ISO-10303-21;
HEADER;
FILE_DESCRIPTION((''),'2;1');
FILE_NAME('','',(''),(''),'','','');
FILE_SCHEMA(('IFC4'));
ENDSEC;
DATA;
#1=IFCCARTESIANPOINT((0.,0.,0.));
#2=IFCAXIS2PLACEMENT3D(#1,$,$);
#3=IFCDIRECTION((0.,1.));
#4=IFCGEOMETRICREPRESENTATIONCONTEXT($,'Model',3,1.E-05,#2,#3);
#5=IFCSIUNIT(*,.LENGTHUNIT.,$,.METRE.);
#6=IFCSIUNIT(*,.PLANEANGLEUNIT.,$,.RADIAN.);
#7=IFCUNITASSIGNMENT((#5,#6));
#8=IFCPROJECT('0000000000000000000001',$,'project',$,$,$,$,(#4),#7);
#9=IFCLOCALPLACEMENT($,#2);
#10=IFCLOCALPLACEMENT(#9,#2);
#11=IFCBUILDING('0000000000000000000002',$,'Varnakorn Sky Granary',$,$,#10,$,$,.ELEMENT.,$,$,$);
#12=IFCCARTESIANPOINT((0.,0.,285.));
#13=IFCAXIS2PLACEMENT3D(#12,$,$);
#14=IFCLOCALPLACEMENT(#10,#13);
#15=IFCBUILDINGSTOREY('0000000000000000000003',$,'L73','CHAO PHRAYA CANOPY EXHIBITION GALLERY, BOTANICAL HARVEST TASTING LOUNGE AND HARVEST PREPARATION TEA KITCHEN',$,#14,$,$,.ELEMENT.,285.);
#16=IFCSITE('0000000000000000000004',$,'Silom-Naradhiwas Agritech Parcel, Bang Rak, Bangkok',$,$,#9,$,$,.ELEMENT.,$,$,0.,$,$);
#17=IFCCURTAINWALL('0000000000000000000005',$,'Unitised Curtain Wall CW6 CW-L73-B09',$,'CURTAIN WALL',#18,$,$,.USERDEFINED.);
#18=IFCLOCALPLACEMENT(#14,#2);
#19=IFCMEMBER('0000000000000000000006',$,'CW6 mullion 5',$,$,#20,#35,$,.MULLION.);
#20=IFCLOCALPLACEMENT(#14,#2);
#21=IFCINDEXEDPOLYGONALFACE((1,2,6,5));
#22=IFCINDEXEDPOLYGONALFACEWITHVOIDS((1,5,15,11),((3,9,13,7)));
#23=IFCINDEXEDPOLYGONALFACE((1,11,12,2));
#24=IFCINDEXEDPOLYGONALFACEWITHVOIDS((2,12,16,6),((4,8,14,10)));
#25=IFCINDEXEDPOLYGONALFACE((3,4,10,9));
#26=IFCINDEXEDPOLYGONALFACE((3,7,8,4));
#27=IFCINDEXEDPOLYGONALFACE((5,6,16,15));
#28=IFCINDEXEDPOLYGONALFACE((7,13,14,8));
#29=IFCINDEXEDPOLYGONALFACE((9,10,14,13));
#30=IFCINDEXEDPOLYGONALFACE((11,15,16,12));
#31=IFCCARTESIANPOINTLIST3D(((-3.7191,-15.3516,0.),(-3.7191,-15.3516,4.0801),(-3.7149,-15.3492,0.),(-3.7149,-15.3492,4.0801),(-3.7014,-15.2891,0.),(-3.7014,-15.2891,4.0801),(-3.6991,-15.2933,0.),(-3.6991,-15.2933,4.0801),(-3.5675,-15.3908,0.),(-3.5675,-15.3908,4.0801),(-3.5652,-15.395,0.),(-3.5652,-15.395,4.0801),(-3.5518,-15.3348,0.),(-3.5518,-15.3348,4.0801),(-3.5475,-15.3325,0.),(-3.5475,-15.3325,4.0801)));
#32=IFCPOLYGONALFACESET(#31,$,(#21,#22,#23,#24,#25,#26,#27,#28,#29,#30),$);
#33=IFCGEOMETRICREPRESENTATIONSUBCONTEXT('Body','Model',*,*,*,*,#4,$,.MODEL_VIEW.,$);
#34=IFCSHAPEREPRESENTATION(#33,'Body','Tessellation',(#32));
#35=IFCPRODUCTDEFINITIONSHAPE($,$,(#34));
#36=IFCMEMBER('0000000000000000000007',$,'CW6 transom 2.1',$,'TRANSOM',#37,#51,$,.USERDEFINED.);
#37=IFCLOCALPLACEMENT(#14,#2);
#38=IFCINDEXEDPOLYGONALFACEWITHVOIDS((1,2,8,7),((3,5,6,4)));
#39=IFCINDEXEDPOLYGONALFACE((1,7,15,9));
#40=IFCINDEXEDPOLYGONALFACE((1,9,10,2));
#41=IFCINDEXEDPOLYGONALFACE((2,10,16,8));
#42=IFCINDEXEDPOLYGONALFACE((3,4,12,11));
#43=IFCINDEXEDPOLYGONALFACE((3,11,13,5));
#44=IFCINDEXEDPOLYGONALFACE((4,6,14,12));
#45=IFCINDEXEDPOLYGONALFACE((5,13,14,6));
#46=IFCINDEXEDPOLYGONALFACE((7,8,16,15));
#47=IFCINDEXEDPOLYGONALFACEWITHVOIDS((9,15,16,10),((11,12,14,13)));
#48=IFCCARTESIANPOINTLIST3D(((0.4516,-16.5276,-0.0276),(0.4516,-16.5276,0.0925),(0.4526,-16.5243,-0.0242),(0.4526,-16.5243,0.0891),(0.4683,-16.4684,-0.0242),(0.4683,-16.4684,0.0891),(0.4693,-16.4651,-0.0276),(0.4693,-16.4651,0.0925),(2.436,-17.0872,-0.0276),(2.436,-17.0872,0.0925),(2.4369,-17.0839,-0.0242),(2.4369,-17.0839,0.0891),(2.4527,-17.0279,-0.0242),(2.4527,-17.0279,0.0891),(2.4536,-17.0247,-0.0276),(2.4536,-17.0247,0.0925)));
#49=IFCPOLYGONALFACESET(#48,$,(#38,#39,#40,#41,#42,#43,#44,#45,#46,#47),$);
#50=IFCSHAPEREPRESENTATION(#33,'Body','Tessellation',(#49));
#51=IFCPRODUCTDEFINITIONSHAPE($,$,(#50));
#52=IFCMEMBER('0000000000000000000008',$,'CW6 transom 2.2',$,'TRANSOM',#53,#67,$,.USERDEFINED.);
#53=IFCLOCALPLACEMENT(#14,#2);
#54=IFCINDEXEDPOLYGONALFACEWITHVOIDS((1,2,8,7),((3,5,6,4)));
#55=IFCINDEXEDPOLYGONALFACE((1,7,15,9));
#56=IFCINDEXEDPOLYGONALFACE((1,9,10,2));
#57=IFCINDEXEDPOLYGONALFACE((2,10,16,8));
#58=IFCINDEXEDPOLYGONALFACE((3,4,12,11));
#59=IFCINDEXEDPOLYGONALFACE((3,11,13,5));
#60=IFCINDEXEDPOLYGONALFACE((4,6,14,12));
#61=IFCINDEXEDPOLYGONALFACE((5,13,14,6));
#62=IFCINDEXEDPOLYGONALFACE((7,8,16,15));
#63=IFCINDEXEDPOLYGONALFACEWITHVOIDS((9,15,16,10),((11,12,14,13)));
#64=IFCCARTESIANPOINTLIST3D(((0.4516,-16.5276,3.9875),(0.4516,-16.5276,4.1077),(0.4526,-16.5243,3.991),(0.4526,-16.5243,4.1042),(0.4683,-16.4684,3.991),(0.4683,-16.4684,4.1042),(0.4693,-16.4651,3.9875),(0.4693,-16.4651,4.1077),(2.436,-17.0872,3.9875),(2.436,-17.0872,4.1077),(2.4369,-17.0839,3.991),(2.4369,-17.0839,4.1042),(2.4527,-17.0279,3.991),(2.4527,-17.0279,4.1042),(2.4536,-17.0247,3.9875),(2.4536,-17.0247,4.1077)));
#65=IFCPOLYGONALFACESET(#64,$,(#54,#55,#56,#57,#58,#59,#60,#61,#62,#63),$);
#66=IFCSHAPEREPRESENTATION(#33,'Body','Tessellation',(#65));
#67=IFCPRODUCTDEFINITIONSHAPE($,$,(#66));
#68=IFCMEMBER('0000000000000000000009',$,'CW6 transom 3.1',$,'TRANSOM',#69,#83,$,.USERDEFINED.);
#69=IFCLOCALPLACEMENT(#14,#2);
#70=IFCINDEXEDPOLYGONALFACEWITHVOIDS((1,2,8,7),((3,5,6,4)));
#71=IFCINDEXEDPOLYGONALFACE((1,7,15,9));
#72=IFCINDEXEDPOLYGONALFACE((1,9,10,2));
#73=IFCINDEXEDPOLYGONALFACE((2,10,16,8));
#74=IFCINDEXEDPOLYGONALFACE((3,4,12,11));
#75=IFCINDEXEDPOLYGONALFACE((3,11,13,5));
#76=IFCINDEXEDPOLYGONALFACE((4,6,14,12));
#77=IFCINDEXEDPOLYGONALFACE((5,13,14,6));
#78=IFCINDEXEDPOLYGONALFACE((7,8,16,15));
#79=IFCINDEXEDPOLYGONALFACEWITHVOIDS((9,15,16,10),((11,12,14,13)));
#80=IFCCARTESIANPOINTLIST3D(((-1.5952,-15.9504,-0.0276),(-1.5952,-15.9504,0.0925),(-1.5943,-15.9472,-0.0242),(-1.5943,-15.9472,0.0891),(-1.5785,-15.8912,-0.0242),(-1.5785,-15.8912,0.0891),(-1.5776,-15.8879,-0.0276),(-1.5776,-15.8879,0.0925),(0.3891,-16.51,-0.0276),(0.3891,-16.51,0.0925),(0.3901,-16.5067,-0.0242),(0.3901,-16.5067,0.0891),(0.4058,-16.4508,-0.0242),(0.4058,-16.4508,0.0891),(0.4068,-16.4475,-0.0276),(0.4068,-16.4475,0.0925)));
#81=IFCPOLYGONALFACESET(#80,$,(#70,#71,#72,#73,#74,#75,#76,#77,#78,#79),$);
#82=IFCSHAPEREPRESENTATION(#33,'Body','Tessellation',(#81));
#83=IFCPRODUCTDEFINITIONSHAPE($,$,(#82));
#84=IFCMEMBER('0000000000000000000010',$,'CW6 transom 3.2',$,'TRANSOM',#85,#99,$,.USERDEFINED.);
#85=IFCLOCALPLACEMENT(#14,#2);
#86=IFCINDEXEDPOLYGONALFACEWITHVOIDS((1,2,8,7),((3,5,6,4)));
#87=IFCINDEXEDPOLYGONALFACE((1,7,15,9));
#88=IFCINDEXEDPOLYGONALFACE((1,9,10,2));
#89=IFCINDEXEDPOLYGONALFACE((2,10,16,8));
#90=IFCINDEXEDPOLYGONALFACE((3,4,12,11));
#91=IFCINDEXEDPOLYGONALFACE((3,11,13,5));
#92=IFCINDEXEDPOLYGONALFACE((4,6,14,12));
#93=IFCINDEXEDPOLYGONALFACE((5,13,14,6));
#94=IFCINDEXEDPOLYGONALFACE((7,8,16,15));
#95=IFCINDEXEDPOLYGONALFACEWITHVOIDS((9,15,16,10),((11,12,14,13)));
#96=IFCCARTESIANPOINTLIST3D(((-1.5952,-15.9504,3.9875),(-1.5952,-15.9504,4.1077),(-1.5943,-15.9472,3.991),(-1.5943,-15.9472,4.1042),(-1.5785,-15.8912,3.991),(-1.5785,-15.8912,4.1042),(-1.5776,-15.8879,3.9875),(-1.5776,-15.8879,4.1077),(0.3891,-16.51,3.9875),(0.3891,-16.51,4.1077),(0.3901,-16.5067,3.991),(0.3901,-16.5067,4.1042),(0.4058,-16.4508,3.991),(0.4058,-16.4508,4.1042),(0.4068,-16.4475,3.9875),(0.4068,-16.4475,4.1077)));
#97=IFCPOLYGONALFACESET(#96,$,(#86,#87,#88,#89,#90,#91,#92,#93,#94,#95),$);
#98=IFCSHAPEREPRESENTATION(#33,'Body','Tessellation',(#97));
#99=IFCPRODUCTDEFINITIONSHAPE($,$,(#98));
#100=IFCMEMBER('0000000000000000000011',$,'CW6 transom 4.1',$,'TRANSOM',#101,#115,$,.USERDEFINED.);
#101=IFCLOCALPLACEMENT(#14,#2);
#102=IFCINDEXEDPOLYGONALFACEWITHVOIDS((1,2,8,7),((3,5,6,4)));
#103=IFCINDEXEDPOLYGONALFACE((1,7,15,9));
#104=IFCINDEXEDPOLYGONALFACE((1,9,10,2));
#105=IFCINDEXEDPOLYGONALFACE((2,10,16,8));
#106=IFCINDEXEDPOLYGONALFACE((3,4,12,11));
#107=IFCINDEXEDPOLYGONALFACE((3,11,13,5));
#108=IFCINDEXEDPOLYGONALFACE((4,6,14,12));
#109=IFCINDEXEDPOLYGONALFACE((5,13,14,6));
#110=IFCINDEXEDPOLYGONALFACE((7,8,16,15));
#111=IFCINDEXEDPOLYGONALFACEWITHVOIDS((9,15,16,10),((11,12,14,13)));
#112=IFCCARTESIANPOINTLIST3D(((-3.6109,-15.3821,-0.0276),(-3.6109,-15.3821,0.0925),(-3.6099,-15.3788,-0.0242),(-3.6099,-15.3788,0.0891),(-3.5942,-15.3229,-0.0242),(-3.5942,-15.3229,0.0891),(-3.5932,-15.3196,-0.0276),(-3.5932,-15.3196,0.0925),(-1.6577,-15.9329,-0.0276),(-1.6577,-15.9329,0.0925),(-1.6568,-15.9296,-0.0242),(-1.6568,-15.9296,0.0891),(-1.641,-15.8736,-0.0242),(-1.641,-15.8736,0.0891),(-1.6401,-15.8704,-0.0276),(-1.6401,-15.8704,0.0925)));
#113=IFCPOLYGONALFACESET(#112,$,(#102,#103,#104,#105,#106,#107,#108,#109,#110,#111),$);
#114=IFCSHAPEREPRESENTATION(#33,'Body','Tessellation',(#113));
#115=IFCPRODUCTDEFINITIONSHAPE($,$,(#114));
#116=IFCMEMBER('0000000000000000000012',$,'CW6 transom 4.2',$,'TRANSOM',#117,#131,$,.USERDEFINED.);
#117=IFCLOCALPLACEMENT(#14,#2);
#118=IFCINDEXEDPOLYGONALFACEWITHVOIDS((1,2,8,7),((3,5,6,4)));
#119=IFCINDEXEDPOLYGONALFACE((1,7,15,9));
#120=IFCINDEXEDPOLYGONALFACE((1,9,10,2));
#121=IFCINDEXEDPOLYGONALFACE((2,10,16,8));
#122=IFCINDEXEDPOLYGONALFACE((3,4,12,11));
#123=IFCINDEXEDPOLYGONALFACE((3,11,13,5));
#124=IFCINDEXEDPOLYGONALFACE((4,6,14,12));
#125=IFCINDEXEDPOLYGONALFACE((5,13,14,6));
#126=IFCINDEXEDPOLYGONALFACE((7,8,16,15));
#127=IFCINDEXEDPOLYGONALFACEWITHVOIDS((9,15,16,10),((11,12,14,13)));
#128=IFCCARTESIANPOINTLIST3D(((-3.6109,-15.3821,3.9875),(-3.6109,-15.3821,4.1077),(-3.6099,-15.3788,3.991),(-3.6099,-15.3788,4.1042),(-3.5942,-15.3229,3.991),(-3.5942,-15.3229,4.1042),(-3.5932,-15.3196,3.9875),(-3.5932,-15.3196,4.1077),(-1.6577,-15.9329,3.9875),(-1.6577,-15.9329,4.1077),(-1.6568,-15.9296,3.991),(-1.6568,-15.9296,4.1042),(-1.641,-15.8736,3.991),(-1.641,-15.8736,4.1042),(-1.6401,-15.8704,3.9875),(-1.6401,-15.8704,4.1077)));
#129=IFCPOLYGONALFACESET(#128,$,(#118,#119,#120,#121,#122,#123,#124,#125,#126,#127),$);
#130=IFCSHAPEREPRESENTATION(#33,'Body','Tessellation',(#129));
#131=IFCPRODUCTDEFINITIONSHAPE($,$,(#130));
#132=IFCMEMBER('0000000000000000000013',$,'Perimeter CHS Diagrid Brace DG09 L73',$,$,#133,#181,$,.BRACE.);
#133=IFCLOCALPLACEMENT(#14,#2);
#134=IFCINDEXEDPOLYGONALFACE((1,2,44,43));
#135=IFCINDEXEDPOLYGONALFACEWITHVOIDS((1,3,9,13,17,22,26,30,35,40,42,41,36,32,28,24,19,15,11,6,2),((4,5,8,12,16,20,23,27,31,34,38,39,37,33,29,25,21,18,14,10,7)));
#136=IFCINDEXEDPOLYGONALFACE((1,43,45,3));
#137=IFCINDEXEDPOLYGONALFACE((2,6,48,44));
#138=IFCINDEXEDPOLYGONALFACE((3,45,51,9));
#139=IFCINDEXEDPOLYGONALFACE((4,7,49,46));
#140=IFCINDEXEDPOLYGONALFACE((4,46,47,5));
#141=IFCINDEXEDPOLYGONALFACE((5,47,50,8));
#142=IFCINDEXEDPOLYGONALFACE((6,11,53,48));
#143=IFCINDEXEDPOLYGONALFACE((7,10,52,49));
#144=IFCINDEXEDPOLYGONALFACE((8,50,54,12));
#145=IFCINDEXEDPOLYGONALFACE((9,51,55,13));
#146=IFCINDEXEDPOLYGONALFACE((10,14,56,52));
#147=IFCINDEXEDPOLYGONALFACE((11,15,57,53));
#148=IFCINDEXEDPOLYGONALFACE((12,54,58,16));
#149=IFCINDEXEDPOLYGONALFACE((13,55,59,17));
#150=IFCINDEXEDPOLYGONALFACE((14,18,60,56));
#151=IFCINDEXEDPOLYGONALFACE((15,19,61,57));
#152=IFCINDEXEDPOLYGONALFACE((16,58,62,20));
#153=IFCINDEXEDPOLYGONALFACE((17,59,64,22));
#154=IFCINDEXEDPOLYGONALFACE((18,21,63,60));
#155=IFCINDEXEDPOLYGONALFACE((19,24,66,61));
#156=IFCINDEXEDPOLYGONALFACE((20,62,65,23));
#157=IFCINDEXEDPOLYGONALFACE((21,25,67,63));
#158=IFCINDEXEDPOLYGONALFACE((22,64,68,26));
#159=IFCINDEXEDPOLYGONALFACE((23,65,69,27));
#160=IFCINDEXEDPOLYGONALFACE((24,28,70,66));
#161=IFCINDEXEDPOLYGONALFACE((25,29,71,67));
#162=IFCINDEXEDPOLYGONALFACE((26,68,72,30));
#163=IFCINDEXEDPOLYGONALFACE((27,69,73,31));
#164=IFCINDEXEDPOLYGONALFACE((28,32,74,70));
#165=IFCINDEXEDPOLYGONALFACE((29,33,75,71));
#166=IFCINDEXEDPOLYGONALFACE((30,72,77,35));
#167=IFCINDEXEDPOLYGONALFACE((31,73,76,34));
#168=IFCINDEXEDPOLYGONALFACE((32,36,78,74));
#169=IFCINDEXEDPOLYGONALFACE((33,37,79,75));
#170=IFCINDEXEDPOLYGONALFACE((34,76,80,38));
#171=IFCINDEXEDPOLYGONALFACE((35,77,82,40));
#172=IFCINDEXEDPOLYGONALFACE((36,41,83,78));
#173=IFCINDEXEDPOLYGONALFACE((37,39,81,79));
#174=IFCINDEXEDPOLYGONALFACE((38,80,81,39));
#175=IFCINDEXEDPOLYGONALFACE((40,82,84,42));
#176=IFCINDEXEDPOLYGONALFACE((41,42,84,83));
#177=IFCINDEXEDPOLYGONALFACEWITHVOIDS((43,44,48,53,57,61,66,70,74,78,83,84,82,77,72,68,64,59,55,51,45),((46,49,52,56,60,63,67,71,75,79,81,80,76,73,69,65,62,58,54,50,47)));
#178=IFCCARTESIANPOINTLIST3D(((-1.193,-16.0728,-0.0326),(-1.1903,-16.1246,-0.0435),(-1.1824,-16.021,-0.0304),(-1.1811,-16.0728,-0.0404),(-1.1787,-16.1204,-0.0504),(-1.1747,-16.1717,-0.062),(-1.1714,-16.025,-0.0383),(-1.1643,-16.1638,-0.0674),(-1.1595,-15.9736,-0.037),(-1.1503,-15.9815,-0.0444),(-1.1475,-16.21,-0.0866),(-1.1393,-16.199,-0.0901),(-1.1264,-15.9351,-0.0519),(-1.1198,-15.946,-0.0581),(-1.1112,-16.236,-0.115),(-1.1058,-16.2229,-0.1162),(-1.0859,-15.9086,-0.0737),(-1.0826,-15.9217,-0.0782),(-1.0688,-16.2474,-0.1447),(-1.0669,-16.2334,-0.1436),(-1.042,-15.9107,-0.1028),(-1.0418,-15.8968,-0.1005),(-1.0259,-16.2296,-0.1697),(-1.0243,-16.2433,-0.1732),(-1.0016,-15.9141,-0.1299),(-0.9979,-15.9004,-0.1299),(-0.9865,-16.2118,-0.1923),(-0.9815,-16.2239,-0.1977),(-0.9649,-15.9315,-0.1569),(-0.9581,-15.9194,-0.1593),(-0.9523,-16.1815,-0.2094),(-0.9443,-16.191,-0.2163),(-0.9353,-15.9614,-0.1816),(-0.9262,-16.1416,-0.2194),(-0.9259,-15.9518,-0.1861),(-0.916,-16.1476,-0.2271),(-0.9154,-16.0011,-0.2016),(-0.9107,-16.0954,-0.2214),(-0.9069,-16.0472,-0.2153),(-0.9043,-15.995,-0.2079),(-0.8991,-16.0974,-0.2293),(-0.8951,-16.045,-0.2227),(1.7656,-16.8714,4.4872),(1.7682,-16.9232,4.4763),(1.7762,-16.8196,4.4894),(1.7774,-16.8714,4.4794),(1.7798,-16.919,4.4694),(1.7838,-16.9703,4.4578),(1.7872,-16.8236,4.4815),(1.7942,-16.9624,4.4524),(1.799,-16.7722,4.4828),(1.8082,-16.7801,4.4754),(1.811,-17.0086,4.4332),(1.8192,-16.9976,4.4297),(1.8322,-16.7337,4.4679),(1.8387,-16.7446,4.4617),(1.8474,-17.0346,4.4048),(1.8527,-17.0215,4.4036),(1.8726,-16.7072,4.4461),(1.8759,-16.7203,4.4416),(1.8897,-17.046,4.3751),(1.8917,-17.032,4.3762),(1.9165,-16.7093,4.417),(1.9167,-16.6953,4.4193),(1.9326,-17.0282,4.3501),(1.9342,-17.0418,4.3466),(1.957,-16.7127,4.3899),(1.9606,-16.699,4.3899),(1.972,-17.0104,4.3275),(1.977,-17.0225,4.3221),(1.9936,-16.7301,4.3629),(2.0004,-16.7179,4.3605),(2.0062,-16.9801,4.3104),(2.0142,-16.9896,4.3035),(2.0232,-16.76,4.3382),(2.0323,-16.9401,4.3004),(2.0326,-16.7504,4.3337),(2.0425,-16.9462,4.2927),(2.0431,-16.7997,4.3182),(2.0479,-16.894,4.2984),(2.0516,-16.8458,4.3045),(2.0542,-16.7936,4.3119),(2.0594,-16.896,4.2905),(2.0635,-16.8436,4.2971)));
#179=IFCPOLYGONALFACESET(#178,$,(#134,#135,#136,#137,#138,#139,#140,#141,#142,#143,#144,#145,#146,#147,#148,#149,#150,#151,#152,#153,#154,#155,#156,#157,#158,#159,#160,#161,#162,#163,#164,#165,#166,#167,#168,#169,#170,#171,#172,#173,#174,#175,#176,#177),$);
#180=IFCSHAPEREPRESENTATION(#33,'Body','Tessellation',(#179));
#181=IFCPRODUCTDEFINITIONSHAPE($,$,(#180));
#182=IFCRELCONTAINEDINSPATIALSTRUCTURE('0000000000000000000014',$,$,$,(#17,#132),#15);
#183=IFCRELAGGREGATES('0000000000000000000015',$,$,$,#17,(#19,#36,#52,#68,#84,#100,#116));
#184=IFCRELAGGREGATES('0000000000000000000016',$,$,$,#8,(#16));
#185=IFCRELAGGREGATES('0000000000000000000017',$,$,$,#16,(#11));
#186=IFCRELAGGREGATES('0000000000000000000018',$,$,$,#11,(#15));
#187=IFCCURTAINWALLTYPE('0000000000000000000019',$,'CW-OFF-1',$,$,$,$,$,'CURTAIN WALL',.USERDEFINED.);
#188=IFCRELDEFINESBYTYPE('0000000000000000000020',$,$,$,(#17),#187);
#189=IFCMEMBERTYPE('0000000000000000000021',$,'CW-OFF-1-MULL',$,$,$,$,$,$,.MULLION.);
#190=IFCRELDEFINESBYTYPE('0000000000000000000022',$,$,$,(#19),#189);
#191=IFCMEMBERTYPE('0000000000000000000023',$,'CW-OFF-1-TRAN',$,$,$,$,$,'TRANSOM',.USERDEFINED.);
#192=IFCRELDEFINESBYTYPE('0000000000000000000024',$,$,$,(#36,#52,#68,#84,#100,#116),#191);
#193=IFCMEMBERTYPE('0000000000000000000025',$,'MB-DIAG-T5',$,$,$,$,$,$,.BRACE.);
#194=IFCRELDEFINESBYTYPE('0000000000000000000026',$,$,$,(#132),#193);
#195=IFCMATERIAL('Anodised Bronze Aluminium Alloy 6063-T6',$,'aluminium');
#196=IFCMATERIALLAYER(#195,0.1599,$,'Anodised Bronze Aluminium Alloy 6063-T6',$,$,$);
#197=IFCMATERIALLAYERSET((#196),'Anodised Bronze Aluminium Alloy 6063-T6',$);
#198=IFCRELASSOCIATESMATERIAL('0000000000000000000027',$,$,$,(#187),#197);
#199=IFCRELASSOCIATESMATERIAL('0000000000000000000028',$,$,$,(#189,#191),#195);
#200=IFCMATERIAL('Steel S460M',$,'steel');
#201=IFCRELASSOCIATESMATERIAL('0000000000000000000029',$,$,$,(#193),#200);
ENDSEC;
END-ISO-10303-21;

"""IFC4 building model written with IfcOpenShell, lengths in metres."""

from ifc_helpers import new_model, si_unit, direction, frame, origin, origin_2d, place, context, subcontext, project, spatial, hollow_rectangle, hollow_circle, extrude, material, layer, layer_set, material_profile, profile_set, type_object, element, aggregate, save


model = new_model("IFC4")

# Units and contexts
model_context = context("Model", 3, precision=1e-05, world=origin(), true_north=direction((0.0, 1.0)))
body_context = subcontext(model_context, "Body", "Model", "MODEL_VIEW")
ifc_project = project(units=[si_unit("LENGTHUNIT", "METRE"), si_unit("PLANEANGLEUNIT", "RADIAN")], contexts=[model_context])

# Site, building, storey
site_placement = place(None, origin())
site = spatial("IfcSite", under=ifc_project, at=site_placement, Name="Silom-Naradhiwas Agritech Parcel, Bang Rak, Bangkok", CompositionType="ELEMENT", RefElevation=0.0)
building_placement = place(site_placement, origin())
building = spatial("IfcBuilding", under=site, at=building_placement, Name="Varnakorn Sky Granary", CompositionType="ELEMENT")
storey_placement = place(building_placement, frame((0.0, 0.0, 285.0)))
storey = spatial("IfcBuildingStorey", under=building, at=storey_placement, Name="L73", Description="CHAO PHRAYA CANOPY EXHIBITION GALLERY, BOTANICAL HARVEST TASTING LOUNGE AND HARVEST PREPARATION TEA KITCHEN", CompositionType="ELEMENT", Elevation=285.0)

# Shared definitions
ifc_material_1 = material(Name="Steel S460M", Category="steel")

# Shared definitions
ifc_material_2 = material(Name="Anodised Bronze Aluminium Alloy 6063-T6", Category="aluminium")
ifc_layer_1 = layer(ifc_material_2, 0.1599, Name="Anodised Bronze Aluminium Alloy 6063-T6")
ifc_layer_set_1 = layer_set([ifc_layer_1], Name="Anodised Bronze Aluminium Alloy 6063-T6")
curtain_wall_type = type_object("IfcCurtainWallType", Name="CW-OFF-1", ElementType="CURTAIN WALL", PredefinedType="USERDEFINED", material=ifc_layer_set_1)
ifc_material_profile_1 = material_profile(ifc_material_2, hollow_rectangle(XDim=0.0649, YDim=0.1599, WallThickness=0.0034, at=origin_2d()), Name="ALU MULL 65x160")
ifc_profile_set_1 = profile_set([ifc_material_profile_1], Name="Anodised Bronze Aluminium Alloy 6063-T6")
member_type_1 = type_object("IfcMemberType", Name="CW-OFF-1-MULL", PredefinedType="MULLION", material=ifc_profile_set_1)

# Curtain wall, members
curtain_wall_1_placement = place(storey_placement, origin())
curtain_wall_1 = element("IfcCurtainWall", 1, at=curtain_wall_1_placement, inside=storey, type_object=curtain_wall_type, Name="Unitised Curtain Wall CW6 CW-L73-B09", ObjectType="CURTAIN WALL", PredefinedType="USERDEFINED")
member_1_placement = place(storey_placement, frame((-3.6333, -15.342, 0.0), z_axis=(0.0, 0.0, 1.0), x_axis=(-0.271372, -0.962474, 0.0)))
member_1 = element("IfcMember", 2, at=member_1_placement, type_object=member_type_1, Name="CW6 mullion 5", PredefinedType="MULLION", context=body_context, shape_type="SweptSolid", body=[
    extrude(hollow_rectangle(XDim=0.0649, YDim=0.1599, WallThickness=0.0034, at=origin_2d()), origin(), (0.0, 0.0, 1.0), 4.0801),
])
ifc_material_profile_2 = material_profile(ifc_material_2, hollow_rectangle(XDim=0.0649, YDim=0.1201, WallThickness=0.0034, at=origin_2d()), Name="ALU TRAN 65x120")
ifc_profile_set_2 = profile_set([ifc_material_profile_2], Name="Anodised Bronze Aluminium Alloy 6063-T6")
member_type_2 = type_object("IfcMemberType", Name="CW-OFF-1-TRAN", ElementType="TRANSOM", PredefinedType="USERDEFINED", material=ifc_profile_set_2)
member_2_placement = place(storey_placement, frame((2.4448, -17.0559, 0.0325), z_axis=(-0.962466, 0.271404, 0.0), x_axis=(-0.271404, -0.962466, 0.0)))
member_2 = element("IfcMember", 3, at=member_2_placement, type_object=member_type_2, Name="CW6 transom 2.1", ObjectType="TRANSOM", PredefinedType="USERDEFINED", context=body_context, shape_type="SweptSolid", body=[
    extrude(hollow_rectangle(XDim=0.0649, YDim=0.1201, WallThickness=0.0034, at=origin_2d()), origin(), (0.0, 0.0, 1.0), 2.0618),
])
member_3_placement = place(storey_placement, frame((2.4448, -17.0559, 4.0476), z_axis=(-0.962466, 0.271404, 0.0), x_axis=(-0.271404, -0.962466, 0.0)))
member_3 = element("IfcMember", 4, at=member_3_placement, type_object=member_type_2, Name="CW6 transom 2.2", ObjectType="TRANSOM", PredefinedType="USERDEFINED", context=body_context, shape_type="SweptSolid", body=[
    extrude(hollow_rectangle(XDim=0.0649, YDim=0.1201, WallThickness=0.0034, at=origin_2d()), origin(), (0.0, 0.0, 1.0), 2.0618),
])
member_4_placement = place(storey_placement, frame((0.3979, -16.4788, 0.0325), z_axis=(-0.962466, 0.271404, 0.0), x_axis=(-0.271404, -0.962466, 0.0)))
member_4 = element("IfcMember", 5, at=member_4_placement, type_object=member_type_2, Name="CW6 transom 3.1", ObjectType="TRANSOM", PredefinedType="USERDEFINED", context=body_context, shape_type="SweptSolid", body=[
    extrude(hollow_rectangle(XDim=0.0649, YDim=0.1201, WallThickness=0.0034, at=origin_2d()), origin(), (0.0, 0.0, 1.0), 2.0618),
])
member_5_placement = place(storey_placement, frame((0.3979, -16.4788, 4.0476), z_axis=(-0.962466, 0.271404, 0.0), x_axis=(-0.271404, -0.962466, 0.0)))
member_5 = element("IfcMember", 6, at=member_5_placement, type_object=member_type_2, Name="CW6 transom 3.2", ObjectType="TRANSOM", PredefinedType="USERDEFINED", context=body_context, shape_type="SweptSolid", body=[
    extrude(hollow_rectangle(XDim=0.0649, YDim=0.1201, WallThickness=0.0034, at=origin_2d()), origin(), (0.0, 0.0, 1.0), 2.0618),
])
member_6_placement = place(storey_placement, frame((-1.6489, -15.9016, 0.0325), z_axis=(-0.962463, 0.271414, 0.0), x_axis=(-0.271414, -0.962463, 0.0)))
member_6 = element("IfcMember", 7, at=member_6_placement, type_object=member_type_2, Name="CW6 transom 4.1", ObjectType="TRANSOM", PredefinedType="USERDEFINED", context=body_context, shape_type="SweptSolid", body=[
    extrude(hollow_rectangle(XDim=0.0649, YDim=0.1201, WallThickness=0.0034, at=origin_2d()), origin(), (0.0, 0.0, 1.0), 2.0293),
])
member_7_placement = place(storey_placement, frame((-1.6489, -15.9016, 4.0476), z_axis=(-0.962463, 0.271414, 0.0), x_axis=(-0.271414, -0.962463, 0.0)))
member_7 = element("IfcMember", 8, at=member_7_placement, type_object=member_type_2, Name="CW6 transom 4.2", ObjectType="TRANSOM", PredefinedType="USERDEFINED", context=body_context, shape_type="SweptSolid", body=[
    extrude(hollow_rectangle(XDim=0.0649, YDim=0.1201, WallThickness=0.0034, at=origin_2d()), origin(), (0.0, 0.0, 1.0), 2.0293),
])

# Member
ifc_material_profile_3 = material_profile(ifc_material_1, hollow_circle(Radius=0.1777, WallThickness=0.0142, at=origin_2d()), Name="CHS 355.6x14")
ifc_profile_set_3 = profile_set([ifc_material_profile_3], Name="Steel S460M")
member_type_3 = type_object("IfcMemberType", Name="MB-DIAG-T5", PredefinedType="BRACE", material=ifc_profile_set_3)
member_8_placement = place(storey_placement, frame((-1.0442, -16.072, -0.1299), z_axis=(0.541784, -0.146243, 0.827698), x_axis=(0.260602, 0.965446, 0.0)))
element("IfcMember", 9, at=member_8_placement, inside=storey, type_object=member_type_3, Name="Perimeter CHS Diagrid Brace DG09 L73", PredefinedType="BRACE", context=body_context, shape_type="SweptSolid", body=[
    extrude(hollow_circle(Radius=0.1777, WallThickness=0.0142, at=origin_2d()), origin(), (0.0, 0.0, 1.0), 5.4607),
])

aggregate(curtain_wall_1, [member_1, member_2, member_3, member_4, member_5, member_6, member_7])

save(model, "model.ifc")
